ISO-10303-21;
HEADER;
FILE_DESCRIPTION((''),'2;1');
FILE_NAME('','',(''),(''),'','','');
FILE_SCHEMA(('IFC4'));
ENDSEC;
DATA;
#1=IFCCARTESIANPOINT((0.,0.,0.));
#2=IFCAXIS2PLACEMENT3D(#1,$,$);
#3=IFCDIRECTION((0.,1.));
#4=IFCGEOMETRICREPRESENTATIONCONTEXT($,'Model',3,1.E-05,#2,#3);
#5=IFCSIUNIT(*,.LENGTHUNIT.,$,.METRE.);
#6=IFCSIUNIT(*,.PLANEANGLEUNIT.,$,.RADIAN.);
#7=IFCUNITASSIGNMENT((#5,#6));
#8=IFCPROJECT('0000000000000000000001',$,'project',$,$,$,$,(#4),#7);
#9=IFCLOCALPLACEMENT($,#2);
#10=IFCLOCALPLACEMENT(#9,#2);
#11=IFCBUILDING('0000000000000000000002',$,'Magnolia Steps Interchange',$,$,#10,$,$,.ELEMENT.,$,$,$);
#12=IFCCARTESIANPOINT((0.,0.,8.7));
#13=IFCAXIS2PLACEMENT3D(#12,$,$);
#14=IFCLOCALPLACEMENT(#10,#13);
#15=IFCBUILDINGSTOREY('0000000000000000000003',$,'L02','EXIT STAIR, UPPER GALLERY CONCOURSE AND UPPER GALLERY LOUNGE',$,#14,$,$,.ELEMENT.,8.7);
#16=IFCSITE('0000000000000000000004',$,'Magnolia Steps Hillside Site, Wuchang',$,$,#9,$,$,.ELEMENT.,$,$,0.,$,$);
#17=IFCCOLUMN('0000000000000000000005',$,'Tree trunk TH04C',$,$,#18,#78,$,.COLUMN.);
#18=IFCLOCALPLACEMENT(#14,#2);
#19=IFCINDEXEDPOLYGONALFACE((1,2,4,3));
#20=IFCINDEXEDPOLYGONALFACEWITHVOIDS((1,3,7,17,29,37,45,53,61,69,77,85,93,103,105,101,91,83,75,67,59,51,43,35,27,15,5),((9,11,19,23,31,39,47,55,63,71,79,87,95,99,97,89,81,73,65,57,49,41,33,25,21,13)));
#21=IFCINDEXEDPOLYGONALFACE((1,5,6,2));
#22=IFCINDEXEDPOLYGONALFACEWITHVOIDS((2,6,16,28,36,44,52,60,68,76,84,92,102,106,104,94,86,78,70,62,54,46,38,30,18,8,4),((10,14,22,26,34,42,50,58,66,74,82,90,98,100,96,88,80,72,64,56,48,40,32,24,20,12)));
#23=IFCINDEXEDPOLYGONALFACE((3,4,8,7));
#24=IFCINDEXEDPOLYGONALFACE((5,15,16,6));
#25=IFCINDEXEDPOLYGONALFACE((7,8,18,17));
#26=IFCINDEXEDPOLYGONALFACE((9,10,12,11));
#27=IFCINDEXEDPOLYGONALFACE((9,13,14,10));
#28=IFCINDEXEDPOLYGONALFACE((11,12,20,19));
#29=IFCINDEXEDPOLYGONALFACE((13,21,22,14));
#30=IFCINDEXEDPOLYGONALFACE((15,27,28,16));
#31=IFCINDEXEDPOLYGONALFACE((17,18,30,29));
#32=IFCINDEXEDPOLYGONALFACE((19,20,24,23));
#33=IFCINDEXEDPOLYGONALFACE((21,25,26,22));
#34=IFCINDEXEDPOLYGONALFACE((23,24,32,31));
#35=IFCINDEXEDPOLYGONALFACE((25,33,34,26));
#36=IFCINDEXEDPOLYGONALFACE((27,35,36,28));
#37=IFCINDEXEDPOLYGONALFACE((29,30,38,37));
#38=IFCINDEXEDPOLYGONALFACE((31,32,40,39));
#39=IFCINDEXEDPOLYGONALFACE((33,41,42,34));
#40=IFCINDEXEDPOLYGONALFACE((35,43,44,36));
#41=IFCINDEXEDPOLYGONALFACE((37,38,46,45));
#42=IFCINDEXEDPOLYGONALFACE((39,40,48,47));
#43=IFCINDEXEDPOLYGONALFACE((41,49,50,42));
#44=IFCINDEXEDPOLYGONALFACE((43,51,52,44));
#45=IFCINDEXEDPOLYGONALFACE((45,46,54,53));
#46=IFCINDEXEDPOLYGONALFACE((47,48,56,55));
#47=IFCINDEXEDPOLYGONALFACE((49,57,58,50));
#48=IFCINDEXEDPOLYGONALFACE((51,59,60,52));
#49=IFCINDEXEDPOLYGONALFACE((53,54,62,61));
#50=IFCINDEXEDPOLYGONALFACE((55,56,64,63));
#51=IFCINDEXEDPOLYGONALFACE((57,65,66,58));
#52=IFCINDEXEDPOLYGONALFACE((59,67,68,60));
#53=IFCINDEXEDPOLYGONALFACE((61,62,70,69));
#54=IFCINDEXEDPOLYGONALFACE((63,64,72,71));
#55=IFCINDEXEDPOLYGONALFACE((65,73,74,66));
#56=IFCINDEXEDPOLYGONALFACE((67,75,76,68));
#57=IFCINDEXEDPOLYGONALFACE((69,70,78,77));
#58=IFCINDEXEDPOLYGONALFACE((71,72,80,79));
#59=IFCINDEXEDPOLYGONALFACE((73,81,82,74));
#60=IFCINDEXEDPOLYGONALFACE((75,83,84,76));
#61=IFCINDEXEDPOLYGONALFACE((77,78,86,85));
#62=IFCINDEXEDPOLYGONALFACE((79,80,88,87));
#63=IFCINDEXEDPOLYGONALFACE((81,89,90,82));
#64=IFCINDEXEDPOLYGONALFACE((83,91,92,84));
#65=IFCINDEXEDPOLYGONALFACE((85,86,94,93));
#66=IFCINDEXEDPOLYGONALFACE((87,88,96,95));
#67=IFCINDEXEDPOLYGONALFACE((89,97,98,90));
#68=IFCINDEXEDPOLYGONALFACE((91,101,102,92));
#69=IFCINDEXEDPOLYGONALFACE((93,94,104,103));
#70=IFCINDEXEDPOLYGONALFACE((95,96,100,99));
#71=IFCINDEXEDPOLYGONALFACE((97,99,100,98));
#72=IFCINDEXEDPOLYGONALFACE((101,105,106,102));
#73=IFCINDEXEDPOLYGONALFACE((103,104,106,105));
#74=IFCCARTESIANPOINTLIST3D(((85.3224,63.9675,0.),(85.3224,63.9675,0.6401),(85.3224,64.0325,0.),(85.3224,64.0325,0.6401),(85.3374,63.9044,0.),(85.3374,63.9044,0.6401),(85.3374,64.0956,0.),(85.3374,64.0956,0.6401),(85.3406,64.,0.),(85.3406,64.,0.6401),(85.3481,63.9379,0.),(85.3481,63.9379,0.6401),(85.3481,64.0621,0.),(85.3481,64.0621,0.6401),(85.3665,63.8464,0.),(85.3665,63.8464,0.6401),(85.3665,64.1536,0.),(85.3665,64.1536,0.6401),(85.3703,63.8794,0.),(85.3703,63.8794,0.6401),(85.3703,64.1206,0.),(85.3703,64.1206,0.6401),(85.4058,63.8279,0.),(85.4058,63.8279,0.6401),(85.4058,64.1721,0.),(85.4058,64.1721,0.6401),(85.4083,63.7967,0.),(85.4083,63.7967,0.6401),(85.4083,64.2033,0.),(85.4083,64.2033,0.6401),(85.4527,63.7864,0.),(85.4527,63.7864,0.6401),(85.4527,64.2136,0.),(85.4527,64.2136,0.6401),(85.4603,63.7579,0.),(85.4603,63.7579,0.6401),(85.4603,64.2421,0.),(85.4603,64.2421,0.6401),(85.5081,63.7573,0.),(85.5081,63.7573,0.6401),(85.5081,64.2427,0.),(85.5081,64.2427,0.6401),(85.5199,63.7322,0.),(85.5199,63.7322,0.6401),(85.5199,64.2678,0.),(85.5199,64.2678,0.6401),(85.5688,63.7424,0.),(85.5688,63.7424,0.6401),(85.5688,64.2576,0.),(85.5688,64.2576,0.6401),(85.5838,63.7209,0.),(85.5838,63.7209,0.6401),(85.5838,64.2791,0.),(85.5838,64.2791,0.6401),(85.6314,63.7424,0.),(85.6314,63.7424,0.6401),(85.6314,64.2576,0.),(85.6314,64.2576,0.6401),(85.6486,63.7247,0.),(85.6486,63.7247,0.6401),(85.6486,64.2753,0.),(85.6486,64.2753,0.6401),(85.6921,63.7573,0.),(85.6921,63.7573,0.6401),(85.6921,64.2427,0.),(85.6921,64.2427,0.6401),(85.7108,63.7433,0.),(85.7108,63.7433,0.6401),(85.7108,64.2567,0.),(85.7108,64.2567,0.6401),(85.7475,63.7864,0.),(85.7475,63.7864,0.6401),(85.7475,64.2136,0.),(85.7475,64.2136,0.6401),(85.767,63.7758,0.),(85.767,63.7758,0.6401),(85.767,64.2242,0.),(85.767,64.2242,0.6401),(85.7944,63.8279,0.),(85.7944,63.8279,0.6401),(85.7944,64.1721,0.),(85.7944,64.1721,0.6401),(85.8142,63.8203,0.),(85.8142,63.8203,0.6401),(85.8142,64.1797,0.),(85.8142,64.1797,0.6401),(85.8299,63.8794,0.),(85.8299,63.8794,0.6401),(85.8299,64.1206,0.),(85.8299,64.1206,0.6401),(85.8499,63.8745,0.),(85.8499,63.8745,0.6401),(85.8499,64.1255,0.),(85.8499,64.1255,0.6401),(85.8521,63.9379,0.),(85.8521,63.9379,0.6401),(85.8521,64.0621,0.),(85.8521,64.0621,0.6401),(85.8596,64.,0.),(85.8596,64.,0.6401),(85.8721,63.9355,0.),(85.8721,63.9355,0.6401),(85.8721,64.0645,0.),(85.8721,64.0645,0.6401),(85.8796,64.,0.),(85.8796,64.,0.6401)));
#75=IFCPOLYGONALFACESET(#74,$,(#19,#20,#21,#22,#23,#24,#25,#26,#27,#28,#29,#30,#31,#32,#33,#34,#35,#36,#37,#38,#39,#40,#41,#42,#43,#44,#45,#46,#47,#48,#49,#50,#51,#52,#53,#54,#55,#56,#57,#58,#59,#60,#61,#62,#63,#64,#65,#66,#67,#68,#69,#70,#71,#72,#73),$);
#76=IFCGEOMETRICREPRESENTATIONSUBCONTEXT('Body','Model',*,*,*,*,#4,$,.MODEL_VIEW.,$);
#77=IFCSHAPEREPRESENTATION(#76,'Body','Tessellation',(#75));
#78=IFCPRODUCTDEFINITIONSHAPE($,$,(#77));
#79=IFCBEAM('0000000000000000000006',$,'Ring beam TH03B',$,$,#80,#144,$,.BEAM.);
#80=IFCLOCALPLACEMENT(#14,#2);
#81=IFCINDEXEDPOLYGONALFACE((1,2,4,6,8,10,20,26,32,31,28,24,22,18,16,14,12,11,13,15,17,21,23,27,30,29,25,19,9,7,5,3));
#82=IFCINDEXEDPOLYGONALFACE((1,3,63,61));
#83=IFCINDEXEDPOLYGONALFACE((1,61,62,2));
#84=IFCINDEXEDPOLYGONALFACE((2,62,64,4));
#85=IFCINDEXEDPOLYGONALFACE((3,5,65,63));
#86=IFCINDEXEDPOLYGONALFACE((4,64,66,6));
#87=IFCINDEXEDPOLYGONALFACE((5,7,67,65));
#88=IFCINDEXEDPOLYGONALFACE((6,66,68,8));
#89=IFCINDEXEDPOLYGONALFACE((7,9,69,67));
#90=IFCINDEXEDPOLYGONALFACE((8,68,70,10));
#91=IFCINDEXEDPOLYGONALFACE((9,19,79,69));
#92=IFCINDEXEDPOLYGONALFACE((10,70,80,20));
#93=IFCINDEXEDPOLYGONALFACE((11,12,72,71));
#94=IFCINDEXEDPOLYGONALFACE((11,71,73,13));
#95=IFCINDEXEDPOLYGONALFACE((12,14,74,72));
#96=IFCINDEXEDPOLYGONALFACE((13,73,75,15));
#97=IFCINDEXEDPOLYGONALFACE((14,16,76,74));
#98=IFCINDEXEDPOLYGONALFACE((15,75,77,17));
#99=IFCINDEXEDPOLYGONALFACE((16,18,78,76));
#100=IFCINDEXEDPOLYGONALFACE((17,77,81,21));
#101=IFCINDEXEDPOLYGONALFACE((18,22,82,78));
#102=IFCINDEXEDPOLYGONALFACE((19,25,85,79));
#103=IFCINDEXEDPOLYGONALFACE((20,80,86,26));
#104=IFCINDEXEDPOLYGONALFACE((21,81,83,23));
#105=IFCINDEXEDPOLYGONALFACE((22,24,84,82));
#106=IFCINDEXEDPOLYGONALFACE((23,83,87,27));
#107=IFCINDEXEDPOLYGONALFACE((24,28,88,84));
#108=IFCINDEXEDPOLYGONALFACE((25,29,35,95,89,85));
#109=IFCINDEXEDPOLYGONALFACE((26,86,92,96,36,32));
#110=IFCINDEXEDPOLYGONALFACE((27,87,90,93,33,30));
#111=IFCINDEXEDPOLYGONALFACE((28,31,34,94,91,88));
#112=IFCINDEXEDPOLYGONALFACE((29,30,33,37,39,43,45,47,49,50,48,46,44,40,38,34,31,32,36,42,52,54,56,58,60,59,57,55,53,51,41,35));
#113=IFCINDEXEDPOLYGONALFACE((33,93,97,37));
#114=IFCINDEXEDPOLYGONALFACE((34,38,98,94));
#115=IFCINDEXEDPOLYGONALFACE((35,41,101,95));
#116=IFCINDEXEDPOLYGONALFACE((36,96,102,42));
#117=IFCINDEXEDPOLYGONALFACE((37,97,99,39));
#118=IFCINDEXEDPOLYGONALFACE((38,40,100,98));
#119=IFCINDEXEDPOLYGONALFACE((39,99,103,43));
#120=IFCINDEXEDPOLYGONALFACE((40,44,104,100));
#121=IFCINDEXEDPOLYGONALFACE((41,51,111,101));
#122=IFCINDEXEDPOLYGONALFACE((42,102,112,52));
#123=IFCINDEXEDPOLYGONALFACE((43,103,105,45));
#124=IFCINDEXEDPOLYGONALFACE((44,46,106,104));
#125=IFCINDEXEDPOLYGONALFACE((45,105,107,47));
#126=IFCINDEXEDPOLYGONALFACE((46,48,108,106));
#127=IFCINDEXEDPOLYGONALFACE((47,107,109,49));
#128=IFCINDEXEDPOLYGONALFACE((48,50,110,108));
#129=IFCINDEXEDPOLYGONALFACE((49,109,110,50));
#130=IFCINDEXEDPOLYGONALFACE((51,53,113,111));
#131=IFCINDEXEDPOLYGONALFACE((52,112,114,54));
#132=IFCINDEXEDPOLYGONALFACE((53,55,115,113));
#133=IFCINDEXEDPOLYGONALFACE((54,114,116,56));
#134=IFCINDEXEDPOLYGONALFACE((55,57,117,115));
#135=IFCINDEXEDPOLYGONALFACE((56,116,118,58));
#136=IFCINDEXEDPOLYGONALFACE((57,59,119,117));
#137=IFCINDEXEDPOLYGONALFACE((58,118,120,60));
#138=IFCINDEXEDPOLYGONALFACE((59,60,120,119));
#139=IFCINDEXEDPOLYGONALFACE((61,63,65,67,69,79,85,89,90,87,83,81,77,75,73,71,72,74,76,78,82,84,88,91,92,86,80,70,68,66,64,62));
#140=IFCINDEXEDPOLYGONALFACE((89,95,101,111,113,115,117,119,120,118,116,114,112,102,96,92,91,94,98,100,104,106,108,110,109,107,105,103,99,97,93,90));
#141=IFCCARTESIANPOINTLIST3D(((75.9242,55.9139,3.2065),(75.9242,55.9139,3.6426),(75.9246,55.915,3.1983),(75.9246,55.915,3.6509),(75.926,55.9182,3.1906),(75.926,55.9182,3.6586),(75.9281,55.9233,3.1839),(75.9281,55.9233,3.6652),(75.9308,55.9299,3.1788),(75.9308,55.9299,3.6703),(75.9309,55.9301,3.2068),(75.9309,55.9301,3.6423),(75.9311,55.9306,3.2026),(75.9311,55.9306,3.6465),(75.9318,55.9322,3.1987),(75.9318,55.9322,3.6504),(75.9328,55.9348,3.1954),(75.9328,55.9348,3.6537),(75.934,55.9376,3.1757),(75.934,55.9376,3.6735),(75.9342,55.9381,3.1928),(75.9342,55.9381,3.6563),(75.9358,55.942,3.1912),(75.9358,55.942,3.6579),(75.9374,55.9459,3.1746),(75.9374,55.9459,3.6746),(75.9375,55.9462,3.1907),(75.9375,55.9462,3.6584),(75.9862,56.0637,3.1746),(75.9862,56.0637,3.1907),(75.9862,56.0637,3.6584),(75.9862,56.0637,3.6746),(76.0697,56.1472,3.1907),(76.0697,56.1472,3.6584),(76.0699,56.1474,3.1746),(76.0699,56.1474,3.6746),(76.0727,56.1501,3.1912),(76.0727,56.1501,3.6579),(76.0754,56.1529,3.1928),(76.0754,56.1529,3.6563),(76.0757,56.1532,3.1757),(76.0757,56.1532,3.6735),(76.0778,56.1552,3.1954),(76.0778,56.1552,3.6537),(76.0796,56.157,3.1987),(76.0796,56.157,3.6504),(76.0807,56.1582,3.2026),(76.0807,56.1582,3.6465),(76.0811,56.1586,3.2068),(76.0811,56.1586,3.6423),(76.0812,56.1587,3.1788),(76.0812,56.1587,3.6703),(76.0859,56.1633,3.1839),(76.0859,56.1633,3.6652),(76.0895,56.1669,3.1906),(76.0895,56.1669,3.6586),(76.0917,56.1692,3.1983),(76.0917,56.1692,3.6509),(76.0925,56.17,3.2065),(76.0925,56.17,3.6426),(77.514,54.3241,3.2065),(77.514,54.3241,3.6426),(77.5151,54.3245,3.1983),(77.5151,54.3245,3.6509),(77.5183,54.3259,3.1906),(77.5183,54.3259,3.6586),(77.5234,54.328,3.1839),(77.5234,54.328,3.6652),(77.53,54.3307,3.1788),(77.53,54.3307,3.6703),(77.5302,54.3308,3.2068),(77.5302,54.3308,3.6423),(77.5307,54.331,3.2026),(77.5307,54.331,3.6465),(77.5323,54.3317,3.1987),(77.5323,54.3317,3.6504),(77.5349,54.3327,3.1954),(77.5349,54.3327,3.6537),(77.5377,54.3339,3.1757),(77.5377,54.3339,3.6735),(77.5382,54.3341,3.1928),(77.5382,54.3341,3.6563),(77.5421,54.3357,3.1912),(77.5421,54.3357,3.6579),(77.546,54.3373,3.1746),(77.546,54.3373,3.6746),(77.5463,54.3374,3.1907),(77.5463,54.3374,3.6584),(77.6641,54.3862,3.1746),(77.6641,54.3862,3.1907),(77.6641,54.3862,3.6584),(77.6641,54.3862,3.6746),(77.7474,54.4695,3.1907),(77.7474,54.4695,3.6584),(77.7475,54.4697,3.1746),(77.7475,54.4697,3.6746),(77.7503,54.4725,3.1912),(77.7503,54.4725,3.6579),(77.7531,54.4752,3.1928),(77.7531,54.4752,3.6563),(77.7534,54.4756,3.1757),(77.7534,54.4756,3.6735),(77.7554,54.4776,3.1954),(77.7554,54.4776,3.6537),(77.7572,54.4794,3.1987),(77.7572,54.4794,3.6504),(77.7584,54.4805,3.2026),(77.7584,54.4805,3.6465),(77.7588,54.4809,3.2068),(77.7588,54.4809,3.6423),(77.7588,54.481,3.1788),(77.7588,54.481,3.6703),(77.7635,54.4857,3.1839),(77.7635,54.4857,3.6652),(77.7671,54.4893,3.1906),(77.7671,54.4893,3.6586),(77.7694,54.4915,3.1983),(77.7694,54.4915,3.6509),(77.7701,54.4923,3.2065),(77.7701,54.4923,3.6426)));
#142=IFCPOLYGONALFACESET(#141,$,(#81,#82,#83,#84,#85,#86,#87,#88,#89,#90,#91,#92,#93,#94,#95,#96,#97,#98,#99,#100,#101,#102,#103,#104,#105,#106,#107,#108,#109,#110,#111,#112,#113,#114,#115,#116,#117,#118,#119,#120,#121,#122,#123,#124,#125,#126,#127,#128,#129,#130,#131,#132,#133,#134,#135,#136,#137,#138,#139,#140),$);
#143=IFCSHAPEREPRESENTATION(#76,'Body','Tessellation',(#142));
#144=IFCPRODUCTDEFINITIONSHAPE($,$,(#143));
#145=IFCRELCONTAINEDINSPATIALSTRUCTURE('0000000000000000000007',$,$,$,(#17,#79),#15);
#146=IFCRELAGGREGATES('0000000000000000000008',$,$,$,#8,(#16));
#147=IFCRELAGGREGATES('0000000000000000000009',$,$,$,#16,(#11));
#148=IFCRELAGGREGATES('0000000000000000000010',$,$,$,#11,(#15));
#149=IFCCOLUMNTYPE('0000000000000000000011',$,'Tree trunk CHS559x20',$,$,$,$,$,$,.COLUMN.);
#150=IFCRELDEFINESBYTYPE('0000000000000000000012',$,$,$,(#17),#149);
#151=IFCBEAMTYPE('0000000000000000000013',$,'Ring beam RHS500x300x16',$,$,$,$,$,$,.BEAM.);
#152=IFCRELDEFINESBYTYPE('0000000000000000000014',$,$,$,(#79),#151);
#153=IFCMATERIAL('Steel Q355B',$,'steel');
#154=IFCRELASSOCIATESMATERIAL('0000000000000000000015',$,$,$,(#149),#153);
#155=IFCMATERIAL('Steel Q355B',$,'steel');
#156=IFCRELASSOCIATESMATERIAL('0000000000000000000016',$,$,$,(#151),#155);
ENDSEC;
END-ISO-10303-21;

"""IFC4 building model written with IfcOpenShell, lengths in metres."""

from ifc_helpers import new_model, si_unit, direction, frame, origin, origin_2d, place, context, subcontext, project, spatial, hollow_rectangle, hollow_circle, extrude, clip, halfspace, material, material_profile, profile_set, type_object, element, save


model = new_model("IFC4")

# Units and contexts
model_context = context("Model", 3, precision=1e-05, world=origin(), true_north=direction((0.0, 1.0)))
body_context = subcontext(model_context, "Body", "Model", "MODEL_VIEW")
ifc_project = project(units=[si_unit("LENGTHUNIT", "METRE"), si_unit("PLANEANGLEUNIT", "RADIAN")], contexts=[model_context])

# Site, building, storey
site_placement = place(None, origin())
site = spatial("IfcSite", under=ifc_project, at=site_placement, Name="Magnolia Steps Hillside Site, Wuchang", CompositionType="ELEMENT", RefElevation=0.0)
building_placement = place(site_placement, origin())
building = spatial("IfcBuilding", under=site, at=building_placement, Name="Magnolia Steps Interchange", CompositionType="ELEMENT")
storey_placement = place(building_placement, frame((0.0, 0.0, 8.7)))
storey = spatial("IfcBuildingStorey", under=building, at=storey_placement, Name="L02", Description="EXIT STAIR, UPPER GALLERY CONCOURSE AND UPPER GALLERY LOUNGE", CompositionType="ELEMENT", Elevation=8.7)

# Column
ifc_material_1 = material(Name="Steel Q355B", Category="steel")
ifc_material_profile_1 = material_profile(ifc_material_1, hollow_circle(Radius=0.2795, WallThickness=0.02, at=origin_2d()), Name="CHS559x20")
ifc_profile_set_1 = profile_set([ifc_material_profile_1], Name="Steel Q355B")
column_type = type_object("IfcColumnType", Name="Tree trunk CHS559x20", PredefinedType="COLUMN", material=ifc_profile_set_1)
column_placement = place(storey_placement, frame((85.6001, 64.0, 0.0), z_axis=(0.0, 0.0, 1.0), x_axis=(1.0, 0.0, 0.0)))
element("IfcColumn", 1, at=column_placement, inside=storey, type_object=column_type, Name="Tree trunk TH04C", PredefinedType="COLUMN", context=body_context, shape_type="SweptSolid", body=[
    extrude(hollow_circle(Radius=0.2795, WallThickness=0.02, at=origin_2d()), origin(), (0.0, 0.0, 1.0), 0.6401),
])

# Beam
ifc_material_2 = material(Name="Steel Q355B", Category="steel")
ifc_material_profile_2 = material_profile(ifc_material_2, hollow_rectangle(XDim=0.3, YDim=0.5, WallThickness=0.0161, InnerFilletRadius=0.0161, OuterFilletRadius=0.032, at=origin_2d()), Name="RHS500x300x16")
ifc_profile_set_2 = profile_set([ifc_material_profile_2], Name="Steel Q355B")
beam_type = type_object("IfcBeamType", Name="Ring beam RHS500x300x16", PredefinedType="BEAM", material=ifc_profile_set_2)
beam_1_placement = place(storey_placement, frame((77.6641, 54.3862, 3.4246), z_axis=(-0.707107, 0.707107, 0.0), x_axis=(-0.707107, -0.707107, 0.0)))
element("IfcBeam", 2, at=beam_1_placement, inside=storey, type_object=beam_type, Name="Ring beam TH03B", PredefinedType="BEAM", context=body_context, shape_type="Clipping", body=[
    clip(clip(extrude(hollow_rectangle(XDim=0.3, YDim=0.5, WallThickness=0.0161, InnerFilletRadius=0.0161, OuterFilletRadius=0.032, at=origin_2d()), origin(), (0.0, 0.0, 1.0), 2.3726), halfspace(frame((0.0, 0.0, 0.0), z_axis=(0.382683, 0.0, -0.92388), x_axis=(0.92388, 0.0, 0.382683)), False)), halfspace(frame((0.0, 0.0, 2.3727), z_axis=(0.382683, 0.0, 0.92388), x_axis=(0.92388, 0.0, -0.382683)), False)),
])

save(model, "model.ifc")
